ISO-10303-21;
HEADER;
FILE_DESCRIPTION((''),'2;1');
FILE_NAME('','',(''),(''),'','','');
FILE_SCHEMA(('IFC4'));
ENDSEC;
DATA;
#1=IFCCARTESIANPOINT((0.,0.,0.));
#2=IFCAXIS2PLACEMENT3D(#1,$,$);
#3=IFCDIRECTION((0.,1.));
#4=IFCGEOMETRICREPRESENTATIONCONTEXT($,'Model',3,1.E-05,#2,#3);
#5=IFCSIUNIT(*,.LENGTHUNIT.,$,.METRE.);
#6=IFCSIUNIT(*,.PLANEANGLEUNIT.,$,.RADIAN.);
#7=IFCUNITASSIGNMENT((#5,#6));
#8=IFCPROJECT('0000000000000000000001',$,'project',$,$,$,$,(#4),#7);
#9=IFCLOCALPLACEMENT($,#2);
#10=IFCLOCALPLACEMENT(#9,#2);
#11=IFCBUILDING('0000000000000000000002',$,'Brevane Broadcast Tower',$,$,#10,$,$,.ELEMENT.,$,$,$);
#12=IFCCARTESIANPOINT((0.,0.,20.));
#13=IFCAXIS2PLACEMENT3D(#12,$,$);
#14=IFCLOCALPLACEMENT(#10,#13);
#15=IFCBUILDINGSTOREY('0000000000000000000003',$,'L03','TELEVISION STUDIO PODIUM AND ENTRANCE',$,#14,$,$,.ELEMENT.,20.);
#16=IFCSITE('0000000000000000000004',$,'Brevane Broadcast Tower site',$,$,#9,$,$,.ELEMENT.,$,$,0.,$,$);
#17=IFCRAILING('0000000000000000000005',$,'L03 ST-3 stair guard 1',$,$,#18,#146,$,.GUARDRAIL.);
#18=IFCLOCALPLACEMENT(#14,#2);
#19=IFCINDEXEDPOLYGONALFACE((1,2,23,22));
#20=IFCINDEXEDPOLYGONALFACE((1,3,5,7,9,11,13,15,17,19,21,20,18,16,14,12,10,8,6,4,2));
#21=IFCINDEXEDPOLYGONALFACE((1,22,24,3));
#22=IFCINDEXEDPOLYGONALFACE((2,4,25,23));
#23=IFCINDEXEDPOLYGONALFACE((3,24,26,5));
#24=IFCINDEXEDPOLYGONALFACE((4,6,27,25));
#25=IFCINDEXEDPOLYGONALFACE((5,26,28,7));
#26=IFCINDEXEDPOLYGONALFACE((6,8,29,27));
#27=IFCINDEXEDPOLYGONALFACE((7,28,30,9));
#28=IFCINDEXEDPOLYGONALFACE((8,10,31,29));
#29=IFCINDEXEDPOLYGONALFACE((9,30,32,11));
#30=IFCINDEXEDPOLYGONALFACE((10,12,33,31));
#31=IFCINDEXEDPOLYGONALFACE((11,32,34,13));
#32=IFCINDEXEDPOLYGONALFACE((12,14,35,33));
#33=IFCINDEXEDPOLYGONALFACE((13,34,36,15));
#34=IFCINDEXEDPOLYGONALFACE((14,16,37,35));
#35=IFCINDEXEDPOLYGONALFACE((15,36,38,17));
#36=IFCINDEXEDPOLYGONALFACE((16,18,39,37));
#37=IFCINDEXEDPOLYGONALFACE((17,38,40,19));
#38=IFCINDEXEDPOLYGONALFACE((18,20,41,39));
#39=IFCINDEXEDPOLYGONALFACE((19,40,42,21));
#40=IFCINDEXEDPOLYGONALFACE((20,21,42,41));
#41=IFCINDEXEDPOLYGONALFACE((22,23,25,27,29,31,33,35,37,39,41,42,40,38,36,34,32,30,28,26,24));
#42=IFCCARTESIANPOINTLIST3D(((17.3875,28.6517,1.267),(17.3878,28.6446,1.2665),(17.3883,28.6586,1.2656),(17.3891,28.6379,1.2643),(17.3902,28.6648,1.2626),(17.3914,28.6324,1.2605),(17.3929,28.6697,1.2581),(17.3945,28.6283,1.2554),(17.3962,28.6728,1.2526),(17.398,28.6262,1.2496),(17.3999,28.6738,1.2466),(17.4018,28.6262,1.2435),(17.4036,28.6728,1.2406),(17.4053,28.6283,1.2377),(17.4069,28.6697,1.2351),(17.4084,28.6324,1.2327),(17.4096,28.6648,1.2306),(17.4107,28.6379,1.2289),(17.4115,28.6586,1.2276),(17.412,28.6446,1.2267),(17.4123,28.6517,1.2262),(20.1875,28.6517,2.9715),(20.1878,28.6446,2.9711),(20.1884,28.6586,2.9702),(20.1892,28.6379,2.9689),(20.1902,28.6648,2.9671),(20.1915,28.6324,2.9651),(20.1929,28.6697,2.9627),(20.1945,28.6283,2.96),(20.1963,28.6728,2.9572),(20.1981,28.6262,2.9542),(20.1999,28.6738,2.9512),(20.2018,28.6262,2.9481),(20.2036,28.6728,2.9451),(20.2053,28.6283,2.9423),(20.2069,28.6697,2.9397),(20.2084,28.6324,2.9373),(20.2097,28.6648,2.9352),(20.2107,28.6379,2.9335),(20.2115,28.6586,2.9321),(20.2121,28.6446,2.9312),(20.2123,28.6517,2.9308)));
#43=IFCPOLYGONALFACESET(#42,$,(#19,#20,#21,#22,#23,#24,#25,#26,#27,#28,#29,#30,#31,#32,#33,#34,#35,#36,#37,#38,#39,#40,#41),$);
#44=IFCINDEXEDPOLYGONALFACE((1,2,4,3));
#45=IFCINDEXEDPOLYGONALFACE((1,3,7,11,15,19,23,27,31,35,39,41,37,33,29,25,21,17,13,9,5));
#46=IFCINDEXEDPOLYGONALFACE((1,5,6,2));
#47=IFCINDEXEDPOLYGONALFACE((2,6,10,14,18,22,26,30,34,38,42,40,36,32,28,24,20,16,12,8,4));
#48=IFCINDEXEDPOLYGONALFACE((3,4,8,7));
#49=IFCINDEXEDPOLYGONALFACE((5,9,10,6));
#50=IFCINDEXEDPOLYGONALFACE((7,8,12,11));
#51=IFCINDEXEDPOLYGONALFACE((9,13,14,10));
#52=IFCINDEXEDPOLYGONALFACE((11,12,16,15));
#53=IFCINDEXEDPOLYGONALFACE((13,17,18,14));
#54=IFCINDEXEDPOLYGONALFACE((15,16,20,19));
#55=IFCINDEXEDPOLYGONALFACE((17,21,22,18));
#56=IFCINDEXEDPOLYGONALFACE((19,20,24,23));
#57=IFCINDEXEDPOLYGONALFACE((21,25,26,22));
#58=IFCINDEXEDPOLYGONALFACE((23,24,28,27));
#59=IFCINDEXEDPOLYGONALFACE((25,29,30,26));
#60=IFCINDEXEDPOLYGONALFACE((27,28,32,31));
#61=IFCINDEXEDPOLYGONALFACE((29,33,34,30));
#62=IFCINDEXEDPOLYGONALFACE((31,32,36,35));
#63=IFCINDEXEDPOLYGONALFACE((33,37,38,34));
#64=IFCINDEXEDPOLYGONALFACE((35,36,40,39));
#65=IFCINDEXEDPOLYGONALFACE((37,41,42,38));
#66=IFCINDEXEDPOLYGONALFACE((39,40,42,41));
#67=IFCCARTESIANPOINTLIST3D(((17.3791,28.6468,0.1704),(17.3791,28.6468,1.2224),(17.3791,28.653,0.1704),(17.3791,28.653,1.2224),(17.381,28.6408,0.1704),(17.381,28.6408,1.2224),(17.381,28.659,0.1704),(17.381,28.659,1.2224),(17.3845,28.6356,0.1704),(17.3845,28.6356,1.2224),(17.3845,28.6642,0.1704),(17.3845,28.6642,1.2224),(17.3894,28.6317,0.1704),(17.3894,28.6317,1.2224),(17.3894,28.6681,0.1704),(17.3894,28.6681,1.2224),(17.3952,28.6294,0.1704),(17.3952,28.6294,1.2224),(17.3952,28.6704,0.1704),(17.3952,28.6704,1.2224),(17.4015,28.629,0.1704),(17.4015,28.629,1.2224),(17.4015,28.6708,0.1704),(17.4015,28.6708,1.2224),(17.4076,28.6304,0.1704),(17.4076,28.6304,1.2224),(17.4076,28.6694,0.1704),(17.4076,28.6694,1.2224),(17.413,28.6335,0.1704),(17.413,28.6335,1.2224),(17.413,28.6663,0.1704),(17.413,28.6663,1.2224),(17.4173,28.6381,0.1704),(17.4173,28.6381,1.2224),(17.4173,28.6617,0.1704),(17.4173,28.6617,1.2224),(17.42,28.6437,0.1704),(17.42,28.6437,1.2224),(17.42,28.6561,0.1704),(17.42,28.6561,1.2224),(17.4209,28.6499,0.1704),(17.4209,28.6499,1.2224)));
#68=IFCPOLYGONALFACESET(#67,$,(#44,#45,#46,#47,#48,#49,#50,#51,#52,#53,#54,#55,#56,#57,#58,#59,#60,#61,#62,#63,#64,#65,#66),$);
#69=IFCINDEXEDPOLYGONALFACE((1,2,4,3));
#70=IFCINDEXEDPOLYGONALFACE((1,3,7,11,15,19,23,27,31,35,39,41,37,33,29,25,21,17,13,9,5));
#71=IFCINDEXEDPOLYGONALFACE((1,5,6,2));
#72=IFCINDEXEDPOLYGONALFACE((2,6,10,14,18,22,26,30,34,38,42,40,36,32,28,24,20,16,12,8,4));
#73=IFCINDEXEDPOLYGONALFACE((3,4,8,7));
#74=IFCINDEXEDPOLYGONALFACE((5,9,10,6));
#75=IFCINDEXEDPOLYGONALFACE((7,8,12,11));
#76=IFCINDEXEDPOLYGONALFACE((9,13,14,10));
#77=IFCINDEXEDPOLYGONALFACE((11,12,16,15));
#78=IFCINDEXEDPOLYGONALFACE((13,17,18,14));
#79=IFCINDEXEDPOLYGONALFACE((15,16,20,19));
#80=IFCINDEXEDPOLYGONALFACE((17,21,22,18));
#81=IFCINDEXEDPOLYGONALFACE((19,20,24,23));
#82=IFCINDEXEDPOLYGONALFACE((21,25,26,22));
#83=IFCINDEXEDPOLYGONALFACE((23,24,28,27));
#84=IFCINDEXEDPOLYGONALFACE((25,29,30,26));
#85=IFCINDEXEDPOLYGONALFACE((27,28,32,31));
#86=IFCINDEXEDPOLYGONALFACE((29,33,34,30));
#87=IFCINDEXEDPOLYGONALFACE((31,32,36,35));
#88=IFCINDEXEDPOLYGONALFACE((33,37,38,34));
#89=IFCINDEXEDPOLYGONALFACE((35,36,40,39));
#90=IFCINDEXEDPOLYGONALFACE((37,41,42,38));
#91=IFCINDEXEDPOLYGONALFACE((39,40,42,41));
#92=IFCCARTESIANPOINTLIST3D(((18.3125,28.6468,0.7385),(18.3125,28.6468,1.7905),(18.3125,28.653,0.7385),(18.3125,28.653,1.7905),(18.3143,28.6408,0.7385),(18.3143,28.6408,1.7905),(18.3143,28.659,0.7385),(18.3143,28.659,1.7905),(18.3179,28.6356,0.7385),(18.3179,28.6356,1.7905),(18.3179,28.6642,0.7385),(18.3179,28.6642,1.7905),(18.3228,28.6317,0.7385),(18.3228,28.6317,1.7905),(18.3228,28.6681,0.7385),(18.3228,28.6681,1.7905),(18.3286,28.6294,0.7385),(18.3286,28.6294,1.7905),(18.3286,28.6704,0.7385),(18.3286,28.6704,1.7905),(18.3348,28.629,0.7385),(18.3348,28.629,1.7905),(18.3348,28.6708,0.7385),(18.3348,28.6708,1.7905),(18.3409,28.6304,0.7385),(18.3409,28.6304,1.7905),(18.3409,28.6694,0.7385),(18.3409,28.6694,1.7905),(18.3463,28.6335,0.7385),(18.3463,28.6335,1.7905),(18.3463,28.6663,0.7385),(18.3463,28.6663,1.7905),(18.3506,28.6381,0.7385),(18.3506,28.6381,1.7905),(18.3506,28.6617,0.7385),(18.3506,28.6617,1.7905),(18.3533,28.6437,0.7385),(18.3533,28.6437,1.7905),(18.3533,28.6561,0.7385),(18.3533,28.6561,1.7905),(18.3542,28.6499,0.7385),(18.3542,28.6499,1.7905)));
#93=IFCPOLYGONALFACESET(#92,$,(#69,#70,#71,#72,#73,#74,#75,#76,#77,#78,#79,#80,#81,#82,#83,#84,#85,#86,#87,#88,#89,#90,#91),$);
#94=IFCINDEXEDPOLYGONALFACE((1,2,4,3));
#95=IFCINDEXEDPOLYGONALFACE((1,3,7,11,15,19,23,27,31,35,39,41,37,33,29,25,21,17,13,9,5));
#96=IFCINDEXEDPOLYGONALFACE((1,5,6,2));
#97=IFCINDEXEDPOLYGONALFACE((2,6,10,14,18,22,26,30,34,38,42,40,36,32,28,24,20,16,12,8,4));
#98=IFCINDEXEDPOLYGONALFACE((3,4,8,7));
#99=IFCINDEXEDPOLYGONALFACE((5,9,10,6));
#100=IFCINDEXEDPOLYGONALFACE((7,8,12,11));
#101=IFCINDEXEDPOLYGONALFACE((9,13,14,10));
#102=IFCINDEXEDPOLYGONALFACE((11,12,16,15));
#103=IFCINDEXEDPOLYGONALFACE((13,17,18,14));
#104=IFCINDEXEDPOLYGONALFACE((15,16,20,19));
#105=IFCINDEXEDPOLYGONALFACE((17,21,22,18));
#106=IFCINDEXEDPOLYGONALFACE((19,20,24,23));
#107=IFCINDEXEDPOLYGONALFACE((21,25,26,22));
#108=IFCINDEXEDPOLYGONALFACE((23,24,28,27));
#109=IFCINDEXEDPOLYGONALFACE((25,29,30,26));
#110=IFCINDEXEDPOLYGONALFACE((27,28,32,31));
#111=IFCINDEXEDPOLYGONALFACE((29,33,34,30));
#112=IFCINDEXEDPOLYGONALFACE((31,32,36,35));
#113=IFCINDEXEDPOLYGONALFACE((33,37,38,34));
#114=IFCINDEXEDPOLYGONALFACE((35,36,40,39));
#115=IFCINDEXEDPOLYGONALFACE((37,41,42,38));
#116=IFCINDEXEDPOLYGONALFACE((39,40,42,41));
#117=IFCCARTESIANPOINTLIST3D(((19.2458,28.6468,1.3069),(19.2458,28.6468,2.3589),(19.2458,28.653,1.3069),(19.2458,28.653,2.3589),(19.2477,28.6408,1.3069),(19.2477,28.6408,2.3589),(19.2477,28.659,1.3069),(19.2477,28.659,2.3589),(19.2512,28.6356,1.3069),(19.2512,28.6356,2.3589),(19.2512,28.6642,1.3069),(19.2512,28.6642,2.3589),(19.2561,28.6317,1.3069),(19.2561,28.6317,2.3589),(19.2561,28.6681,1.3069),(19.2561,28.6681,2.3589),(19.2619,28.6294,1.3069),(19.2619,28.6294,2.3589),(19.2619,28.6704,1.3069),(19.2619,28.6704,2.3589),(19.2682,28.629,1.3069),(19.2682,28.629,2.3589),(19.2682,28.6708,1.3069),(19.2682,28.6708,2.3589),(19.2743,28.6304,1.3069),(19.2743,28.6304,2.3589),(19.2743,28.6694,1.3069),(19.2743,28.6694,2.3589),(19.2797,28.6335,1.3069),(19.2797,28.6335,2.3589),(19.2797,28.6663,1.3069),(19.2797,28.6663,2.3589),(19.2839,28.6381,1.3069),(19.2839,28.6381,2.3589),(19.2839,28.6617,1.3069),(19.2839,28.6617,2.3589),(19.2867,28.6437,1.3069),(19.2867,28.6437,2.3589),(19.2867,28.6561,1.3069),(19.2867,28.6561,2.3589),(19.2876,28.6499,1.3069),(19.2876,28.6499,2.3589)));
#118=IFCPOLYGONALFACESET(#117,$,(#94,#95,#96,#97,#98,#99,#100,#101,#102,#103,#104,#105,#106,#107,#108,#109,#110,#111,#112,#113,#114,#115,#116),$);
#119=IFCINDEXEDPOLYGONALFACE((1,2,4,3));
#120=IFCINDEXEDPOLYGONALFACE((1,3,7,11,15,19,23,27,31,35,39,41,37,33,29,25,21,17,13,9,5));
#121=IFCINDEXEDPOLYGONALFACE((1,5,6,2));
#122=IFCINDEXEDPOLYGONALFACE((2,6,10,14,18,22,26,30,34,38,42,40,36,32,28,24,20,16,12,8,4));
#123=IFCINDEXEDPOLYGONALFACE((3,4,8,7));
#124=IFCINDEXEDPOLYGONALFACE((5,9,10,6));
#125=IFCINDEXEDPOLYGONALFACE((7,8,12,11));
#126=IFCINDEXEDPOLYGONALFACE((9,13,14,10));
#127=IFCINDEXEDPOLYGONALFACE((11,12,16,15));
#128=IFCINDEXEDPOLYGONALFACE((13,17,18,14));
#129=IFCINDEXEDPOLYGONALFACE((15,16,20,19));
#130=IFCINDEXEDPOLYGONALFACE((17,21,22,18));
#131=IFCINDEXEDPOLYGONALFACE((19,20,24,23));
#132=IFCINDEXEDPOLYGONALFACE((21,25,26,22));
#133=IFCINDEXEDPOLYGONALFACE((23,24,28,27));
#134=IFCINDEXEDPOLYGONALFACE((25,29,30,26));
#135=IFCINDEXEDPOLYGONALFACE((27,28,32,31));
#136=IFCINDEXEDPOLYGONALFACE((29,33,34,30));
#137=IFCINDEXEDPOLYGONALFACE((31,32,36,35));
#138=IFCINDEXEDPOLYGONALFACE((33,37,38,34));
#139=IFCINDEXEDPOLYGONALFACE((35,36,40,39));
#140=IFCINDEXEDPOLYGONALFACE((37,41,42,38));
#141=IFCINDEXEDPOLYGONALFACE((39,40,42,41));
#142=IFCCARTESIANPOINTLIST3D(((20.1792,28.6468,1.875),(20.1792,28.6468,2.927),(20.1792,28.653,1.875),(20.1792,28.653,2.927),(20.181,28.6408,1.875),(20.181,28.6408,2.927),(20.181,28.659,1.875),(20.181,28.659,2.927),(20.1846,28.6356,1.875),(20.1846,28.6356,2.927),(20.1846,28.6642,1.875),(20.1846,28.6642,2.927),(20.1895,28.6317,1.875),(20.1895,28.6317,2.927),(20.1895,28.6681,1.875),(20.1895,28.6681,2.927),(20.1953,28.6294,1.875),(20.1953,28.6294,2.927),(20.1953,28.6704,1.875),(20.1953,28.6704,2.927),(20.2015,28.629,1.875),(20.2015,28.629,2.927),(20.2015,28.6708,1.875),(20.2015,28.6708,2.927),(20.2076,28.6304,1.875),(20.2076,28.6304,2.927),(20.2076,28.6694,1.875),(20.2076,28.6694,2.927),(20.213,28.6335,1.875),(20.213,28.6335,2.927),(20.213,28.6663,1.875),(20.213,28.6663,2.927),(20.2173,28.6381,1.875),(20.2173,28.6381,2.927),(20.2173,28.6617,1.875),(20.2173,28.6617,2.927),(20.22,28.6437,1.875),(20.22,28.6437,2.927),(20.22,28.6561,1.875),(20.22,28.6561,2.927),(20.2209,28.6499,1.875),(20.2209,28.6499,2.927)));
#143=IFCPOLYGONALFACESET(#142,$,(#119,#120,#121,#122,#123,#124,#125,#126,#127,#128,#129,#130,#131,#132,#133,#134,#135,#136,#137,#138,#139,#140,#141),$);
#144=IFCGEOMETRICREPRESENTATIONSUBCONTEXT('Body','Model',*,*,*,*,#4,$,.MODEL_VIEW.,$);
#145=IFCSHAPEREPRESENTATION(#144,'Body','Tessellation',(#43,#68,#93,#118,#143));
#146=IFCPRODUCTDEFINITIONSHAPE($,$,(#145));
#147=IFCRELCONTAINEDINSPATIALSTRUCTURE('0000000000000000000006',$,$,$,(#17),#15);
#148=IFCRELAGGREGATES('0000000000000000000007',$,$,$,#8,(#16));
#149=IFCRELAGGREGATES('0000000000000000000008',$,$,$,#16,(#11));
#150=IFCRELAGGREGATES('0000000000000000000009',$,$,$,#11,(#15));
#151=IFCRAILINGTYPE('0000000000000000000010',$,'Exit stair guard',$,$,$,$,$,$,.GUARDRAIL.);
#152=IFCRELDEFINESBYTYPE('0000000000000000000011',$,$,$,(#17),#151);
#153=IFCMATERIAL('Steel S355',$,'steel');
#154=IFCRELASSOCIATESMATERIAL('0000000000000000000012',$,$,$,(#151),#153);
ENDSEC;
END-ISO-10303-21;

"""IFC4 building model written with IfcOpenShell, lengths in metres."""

from ifc_helpers import new_model, si_unit, direction, frame, origin, origin_2d, place, context, subcontext, project, spatial, circle, extrude, material, type_object, element, save


model = new_model("IFC4")

# Units and contexts
model_context = context("Model", 3, precision=1e-05, world=origin(), true_north=direction((0.0, 1.0)))
body_context = subcontext(model_context, "Body", "Model", "MODEL_VIEW")
ifc_project = project(units=[si_unit("LENGTHUNIT", "METRE"), si_unit("PLANEANGLEUNIT", "RADIAN")], contexts=[model_context])

# Site, building, storey
site_placement = place(None, origin())
site = spatial("IfcSite", under=ifc_project, at=site_placement, Name="Brevane Broadcast Tower site", CompositionType="ELEMENT", RefElevation=0.0)
building_placement = place(site_placement, origin())
building = spatial("IfcBuilding", under=site, at=building_placement, Name="Brevane Broadcast Tower", CompositionType="ELEMENT")
storey_placement = place(building_placement, frame((0.0, 0.0, 20.0)))
storey = spatial("IfcBuildingStorey", under=building, at=storey_placement, Name="L03", Description="TELEVISION STUDIO PODIUM AND ENTRANCE", CompositionType="ELEMENT", Elevation=20.0)

# Railing
ifc_material_1 = material(Name="Steel S355", Category="steel")
railing_type_1 = type_object("IfcRailingType", Name="Exit stair guard", PredefinedType="GUARDRAIL", material=ifc_material_1)
railing_1_placement = place(storey_placement, frame((17.3999, 28.6499, 0.1704)))
element("IfcRailing", 1, at=railing_1_placement, inside=storey, type_object=railing_type_1, Name="L03 ST-3 stair guard 1", PredefinedType="GUARDRAIL", context=body_context, shape_type="SweptSolid", body=[
    extrude(circle(Radius=0.0239, at=origin_2d()), frame((0.0, 0.0, 1.0762), z_axis=(0.85417, 0.0, 0.519994), x_axis=(0.0, 1.0, 0.0)), (0.0, 0.0, 1.0), 3.2781),
    extrude(circle(Radius=0.021, at=origin_2d()), origin(), (0.0, 0.0, 1.0), 1.052),
    extrude(circle(Radius=0.021, at=origin_2d()), frame((0.9333, 0.0, 0.5681)), (0.0, 0.0, 1.0), 1.052),
    extrude(circle(Radius=0.021, at=origin_2d()), frame((1.8667, 0.0, 1.1365)), (0.0, 0.0, 1.0), 1.052),
    extrude(circle(Radius=0.021, at=origin_2d()), frame((2.8, 0.0, 1.7046)), (0.0, 0.0, 1.0), 1.052),
])

save(model, "model.ifc")
